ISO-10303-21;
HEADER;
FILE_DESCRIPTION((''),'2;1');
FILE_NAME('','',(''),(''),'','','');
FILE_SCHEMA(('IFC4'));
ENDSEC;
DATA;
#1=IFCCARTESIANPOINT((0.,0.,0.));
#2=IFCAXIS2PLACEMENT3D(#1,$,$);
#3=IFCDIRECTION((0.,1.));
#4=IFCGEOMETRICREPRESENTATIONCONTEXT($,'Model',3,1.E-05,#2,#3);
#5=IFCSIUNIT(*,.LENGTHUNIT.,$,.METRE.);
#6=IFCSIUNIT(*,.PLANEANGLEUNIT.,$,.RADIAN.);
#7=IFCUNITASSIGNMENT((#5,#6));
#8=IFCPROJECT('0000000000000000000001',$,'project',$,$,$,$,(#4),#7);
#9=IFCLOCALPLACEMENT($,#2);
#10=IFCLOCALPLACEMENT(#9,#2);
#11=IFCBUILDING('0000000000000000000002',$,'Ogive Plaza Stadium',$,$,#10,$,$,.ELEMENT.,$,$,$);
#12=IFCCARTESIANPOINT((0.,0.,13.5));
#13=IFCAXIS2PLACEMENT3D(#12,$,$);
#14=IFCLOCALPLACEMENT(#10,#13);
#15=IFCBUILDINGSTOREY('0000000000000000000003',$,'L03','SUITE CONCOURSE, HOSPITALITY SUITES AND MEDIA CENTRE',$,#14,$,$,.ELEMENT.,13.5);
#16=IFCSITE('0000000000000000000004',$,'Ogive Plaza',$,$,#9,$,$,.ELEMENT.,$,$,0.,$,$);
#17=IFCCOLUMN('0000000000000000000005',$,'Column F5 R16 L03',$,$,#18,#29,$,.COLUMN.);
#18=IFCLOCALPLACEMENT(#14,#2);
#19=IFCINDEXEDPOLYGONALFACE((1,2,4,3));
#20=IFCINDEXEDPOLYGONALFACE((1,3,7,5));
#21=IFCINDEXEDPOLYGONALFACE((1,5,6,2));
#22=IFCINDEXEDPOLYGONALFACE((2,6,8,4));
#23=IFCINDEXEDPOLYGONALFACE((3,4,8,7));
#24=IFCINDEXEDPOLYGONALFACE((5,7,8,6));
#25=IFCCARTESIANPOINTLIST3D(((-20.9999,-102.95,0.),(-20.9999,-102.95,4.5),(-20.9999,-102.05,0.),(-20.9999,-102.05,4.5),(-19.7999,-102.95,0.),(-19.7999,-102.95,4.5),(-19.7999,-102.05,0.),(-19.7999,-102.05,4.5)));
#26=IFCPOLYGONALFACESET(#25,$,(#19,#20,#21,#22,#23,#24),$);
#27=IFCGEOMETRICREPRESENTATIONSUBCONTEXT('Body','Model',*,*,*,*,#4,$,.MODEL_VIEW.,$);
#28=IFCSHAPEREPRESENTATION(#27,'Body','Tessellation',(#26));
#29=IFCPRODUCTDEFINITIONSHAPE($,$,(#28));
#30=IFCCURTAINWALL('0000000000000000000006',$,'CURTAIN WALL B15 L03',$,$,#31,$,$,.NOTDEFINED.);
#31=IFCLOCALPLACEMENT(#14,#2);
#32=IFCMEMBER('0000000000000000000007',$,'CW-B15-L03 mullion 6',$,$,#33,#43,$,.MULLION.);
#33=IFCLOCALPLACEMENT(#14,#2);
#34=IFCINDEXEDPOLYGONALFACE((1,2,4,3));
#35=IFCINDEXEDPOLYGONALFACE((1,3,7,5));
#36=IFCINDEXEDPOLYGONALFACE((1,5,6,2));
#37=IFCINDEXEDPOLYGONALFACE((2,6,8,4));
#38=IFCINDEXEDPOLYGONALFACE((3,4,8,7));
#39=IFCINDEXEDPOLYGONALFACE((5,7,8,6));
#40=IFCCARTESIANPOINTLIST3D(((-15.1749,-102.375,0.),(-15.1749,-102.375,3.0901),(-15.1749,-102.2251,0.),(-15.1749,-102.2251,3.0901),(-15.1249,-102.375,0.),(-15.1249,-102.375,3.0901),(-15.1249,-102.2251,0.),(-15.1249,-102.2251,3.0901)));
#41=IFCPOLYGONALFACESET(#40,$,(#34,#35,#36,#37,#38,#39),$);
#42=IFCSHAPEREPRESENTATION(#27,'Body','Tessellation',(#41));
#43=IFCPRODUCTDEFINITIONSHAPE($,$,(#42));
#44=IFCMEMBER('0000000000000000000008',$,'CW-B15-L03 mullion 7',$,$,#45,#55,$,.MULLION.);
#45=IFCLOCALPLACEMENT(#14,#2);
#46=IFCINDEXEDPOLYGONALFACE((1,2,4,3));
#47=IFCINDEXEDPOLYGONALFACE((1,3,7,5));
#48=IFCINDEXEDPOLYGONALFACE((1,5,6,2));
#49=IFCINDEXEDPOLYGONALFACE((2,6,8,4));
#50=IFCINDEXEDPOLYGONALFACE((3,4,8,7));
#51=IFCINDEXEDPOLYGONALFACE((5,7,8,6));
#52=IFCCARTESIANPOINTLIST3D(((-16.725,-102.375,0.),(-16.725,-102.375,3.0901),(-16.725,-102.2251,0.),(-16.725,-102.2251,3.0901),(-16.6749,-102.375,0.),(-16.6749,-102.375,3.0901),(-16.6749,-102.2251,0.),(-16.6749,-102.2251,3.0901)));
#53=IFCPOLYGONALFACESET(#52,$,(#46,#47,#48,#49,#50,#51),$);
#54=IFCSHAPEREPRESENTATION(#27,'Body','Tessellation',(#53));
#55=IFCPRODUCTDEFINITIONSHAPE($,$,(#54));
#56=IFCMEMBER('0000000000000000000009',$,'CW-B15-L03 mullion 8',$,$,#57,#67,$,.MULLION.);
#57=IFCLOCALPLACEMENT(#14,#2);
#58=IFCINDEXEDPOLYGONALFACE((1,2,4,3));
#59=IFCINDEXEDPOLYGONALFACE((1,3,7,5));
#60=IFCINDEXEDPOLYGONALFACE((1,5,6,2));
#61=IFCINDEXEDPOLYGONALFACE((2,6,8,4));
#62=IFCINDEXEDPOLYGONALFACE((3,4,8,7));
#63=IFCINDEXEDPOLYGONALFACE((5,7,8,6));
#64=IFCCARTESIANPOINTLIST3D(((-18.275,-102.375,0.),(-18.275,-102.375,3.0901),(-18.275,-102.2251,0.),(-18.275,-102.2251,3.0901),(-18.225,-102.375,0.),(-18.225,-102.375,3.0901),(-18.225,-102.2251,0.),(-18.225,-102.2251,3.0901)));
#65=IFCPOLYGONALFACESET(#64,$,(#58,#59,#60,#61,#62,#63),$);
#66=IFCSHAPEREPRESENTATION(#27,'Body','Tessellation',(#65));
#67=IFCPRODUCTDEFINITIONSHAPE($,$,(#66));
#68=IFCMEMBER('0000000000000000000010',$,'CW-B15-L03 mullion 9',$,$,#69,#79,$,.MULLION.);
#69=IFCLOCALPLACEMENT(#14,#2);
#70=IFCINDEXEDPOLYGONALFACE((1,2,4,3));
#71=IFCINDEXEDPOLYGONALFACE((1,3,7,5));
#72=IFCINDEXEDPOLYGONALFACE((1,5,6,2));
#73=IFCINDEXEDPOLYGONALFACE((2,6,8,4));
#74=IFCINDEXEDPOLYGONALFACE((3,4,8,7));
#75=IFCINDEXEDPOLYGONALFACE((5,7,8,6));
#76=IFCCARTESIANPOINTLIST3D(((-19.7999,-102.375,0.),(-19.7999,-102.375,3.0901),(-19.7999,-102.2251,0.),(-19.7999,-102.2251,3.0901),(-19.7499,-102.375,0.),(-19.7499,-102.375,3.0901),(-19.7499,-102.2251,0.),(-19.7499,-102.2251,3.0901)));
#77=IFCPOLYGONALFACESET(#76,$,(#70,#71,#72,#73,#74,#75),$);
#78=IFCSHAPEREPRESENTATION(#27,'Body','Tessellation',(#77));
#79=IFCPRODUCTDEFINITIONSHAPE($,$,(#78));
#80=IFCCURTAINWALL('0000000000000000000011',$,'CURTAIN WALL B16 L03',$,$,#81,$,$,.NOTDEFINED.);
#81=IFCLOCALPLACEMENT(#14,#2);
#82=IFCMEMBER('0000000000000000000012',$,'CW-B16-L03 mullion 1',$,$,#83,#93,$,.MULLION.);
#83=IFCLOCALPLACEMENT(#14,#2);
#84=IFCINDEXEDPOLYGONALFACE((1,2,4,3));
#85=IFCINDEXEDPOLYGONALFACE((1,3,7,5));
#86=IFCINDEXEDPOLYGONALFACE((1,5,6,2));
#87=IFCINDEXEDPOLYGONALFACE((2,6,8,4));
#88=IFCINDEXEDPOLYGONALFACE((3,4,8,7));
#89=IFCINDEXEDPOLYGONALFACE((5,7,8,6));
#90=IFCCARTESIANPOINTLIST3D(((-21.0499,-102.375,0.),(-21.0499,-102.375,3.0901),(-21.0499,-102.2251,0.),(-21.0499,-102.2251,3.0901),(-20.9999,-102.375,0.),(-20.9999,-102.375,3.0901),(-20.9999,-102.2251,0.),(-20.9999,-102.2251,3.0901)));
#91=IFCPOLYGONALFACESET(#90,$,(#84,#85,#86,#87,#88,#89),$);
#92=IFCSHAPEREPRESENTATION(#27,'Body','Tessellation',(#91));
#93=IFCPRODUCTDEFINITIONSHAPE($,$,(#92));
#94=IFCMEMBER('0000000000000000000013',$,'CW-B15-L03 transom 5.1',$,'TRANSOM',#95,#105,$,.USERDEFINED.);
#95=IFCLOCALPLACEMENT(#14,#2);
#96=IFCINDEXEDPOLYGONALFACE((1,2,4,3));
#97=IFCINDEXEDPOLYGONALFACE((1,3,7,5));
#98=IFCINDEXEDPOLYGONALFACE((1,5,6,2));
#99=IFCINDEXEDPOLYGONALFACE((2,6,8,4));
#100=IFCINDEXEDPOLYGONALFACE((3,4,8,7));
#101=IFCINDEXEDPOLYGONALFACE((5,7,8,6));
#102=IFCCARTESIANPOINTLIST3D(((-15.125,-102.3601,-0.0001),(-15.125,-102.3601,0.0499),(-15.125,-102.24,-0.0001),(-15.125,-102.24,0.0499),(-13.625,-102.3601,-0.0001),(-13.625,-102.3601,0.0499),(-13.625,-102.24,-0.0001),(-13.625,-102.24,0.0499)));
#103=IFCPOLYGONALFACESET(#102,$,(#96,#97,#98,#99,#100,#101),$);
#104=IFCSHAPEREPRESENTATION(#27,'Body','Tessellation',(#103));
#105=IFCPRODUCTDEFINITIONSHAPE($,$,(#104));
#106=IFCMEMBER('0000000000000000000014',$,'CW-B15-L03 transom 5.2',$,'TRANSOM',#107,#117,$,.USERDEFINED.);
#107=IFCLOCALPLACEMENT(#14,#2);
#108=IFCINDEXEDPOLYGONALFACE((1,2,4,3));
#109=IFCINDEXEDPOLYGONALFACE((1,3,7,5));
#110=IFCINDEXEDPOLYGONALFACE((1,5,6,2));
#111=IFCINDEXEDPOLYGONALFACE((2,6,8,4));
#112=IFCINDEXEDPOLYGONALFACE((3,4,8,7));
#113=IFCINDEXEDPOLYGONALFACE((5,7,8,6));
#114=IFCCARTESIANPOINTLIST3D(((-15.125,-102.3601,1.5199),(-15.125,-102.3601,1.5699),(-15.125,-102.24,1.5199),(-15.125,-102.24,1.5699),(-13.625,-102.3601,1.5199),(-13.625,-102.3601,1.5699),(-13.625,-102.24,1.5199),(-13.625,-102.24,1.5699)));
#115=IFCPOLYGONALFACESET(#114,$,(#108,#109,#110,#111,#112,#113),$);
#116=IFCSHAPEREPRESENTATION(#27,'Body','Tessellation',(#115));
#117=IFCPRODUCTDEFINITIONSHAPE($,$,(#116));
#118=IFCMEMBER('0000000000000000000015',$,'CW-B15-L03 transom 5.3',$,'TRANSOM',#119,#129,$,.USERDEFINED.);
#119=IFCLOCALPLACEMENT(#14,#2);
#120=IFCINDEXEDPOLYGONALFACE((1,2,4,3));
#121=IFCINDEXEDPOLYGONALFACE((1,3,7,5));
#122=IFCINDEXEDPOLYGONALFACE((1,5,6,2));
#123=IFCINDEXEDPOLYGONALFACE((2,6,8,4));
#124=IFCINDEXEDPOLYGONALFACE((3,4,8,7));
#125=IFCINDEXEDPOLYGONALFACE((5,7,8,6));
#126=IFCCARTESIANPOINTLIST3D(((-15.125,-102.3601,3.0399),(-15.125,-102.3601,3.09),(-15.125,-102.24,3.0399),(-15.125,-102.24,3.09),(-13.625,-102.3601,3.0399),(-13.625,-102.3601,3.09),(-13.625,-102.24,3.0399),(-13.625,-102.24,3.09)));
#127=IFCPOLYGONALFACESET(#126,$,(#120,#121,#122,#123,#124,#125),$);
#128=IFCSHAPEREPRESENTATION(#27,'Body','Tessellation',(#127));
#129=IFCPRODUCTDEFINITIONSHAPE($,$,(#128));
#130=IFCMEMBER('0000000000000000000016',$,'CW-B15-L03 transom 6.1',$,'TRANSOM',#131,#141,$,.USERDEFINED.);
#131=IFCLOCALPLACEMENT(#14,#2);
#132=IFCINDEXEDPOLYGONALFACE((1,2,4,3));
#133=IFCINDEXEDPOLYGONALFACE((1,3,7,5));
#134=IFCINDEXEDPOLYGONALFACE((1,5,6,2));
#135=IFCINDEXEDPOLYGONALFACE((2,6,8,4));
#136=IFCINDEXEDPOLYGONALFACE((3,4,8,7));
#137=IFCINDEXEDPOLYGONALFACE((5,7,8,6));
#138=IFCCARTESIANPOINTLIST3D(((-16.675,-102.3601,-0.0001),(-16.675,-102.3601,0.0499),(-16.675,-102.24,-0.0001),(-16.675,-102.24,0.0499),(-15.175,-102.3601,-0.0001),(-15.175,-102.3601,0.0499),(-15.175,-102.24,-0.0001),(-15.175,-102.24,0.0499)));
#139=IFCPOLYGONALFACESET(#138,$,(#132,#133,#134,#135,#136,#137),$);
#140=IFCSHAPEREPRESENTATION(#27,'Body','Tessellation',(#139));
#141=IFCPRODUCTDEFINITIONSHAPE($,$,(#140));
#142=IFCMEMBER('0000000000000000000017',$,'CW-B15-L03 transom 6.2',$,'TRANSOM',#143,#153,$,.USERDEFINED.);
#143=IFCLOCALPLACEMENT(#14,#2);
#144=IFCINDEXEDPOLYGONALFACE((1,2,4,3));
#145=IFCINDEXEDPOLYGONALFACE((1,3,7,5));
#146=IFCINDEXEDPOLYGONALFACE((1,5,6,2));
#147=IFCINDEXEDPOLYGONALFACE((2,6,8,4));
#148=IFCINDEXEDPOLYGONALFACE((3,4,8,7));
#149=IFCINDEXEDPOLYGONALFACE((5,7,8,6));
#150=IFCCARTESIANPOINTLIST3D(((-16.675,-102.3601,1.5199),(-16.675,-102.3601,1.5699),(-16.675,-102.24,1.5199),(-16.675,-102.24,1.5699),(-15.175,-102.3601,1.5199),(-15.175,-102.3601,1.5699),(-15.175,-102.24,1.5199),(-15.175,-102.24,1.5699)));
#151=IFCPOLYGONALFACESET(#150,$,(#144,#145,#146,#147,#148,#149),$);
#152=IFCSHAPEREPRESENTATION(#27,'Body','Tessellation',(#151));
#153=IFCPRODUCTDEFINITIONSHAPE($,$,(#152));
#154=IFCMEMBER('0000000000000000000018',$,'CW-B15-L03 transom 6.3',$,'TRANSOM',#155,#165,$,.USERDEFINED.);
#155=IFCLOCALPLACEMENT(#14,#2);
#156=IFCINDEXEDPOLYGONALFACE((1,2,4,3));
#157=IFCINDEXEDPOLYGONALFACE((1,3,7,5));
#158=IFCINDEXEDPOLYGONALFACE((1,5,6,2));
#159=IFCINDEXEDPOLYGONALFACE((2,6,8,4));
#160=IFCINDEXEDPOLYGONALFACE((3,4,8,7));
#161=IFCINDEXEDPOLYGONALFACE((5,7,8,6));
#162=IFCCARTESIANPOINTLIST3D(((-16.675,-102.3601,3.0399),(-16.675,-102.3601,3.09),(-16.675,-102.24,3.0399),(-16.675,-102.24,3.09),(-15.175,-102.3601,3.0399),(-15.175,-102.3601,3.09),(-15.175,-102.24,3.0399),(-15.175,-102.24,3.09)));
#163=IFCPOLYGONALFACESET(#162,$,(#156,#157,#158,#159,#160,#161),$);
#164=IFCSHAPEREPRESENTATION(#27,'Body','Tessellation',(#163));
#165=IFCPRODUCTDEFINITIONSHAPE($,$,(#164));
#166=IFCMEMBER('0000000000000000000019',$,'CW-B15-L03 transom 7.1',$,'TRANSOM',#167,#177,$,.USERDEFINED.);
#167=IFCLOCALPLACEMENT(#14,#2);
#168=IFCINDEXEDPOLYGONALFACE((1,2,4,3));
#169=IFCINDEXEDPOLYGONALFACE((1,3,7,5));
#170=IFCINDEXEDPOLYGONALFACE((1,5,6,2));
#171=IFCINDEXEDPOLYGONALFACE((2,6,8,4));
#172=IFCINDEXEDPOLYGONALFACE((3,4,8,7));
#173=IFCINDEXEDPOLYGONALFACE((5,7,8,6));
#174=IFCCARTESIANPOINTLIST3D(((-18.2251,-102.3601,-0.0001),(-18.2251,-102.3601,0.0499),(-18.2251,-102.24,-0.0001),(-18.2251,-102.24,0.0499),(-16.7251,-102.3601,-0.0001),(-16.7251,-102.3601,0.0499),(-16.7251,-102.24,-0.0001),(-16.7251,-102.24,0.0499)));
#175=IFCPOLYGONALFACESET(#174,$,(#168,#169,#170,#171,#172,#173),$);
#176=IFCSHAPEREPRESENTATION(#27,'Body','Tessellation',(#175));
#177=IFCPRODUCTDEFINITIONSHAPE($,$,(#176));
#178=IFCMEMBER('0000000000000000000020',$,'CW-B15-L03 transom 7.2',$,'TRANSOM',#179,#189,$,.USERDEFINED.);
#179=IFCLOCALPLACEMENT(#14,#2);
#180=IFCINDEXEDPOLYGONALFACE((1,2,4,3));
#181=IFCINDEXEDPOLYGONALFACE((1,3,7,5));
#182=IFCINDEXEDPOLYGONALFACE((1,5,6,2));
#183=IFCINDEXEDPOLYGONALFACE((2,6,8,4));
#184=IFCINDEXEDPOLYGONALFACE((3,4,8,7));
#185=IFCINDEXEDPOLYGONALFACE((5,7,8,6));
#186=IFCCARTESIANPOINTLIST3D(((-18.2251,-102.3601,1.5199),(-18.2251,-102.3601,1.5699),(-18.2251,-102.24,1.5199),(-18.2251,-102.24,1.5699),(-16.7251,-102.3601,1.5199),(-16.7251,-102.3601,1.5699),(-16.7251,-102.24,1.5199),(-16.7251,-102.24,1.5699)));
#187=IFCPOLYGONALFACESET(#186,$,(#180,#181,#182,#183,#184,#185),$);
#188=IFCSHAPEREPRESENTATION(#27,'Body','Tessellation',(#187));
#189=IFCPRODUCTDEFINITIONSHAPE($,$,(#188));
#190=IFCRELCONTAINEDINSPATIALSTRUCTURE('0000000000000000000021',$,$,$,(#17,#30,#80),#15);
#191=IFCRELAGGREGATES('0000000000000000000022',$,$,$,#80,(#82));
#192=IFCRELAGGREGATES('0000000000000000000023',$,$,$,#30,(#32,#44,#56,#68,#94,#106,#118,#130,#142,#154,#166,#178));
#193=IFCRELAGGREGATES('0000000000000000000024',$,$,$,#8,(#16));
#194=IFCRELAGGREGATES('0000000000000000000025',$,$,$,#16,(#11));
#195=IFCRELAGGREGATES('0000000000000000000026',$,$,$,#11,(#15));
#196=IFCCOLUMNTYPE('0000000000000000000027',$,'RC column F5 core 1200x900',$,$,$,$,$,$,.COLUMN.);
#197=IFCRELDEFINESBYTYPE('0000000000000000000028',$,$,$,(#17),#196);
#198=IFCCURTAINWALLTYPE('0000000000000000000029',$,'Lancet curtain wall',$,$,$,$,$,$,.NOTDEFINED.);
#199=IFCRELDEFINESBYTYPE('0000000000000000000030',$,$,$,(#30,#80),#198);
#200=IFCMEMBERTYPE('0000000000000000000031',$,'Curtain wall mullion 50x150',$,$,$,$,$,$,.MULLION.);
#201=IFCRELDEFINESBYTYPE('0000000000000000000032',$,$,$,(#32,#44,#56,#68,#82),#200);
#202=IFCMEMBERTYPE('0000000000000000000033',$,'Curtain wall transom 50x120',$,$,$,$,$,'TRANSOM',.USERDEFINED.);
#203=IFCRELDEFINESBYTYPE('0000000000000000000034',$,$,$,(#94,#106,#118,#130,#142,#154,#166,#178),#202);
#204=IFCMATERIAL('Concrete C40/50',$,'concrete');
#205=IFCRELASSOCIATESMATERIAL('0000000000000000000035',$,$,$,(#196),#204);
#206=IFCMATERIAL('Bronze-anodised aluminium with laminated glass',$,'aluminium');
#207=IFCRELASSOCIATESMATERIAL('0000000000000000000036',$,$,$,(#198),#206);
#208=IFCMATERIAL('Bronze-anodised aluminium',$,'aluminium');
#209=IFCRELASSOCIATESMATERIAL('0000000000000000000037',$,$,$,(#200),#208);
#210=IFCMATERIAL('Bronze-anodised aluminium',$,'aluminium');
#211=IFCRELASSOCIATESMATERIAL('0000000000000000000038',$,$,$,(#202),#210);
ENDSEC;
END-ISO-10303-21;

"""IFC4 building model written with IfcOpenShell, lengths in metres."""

from ifc_helpers import new_model, si_unit, direction, frame, origin, origin_2d, place, context, subcontext, project, spatial, rectangle, extrude, material, material_profile, profile_set, type_object, element, aggregate, save


model = new_model("IFC4")

# Units and contexts
model_context = context("Model", 3, precision=1e-05, world=origin(), true_north=direction((0.0, 1.0)))
body_context = subcontext(model_context, "Body", "Model", "MODEL_VIEW")
ifc_project = project(units=[si_unit("LENGTHUNIT", "METRE"), si_unit("PLANEANGLEUNIT", "RADIAN")], contexts=[model_context])

# Site, building, storey
site_placement = place(None, origin())
site = spatial("IfcSite", under=ifc_project, at=site_placement, Name="Ogive Plaza", CompositionType="ELEMENT", RefElevation=0.0)
building_placement = place(site_placement, origin())
building = spatial("IfcBuilding", under=site, at=building_placement, Name="Ogive Plaza Stadium", CompositionType="ELEMENT")
storey_placement = place(building_placement, frame((0.0, 0.0, 13.5)))
storey = spatial("IfcBuildingStorey", under=building, at=storey_placement, Name="L03", Description="SUITE CONCOURSE, HOSPITALITY SUITES AND MEDIA CENTRE", CompositionType="ELEMENT", Elevation=13.5)

# Column
ifc_material_1 = material(Name="Concrete C40/50", Category="concrete")
ifc_material_profile_1 = material_profile(ifc_material_1, rectangle(XDim=1.2, YDim=0.8999, at=origin_2d()), Name="RC 1200x900")
ifc_profile_set_1 = profile_set([ifc_material_profile_1], Name="Concrete C40/50")
column_type = type_object("IfcColumnType", Name="RC column F5 core 1200x900", PredefinedType="COLUMN", material=ifc_profile_set_1)
column_placement = place(storey_placement, frame((-20.3999, -102.5, 0.0), z_axis=(0.0, 0.0, 1.0), x_axis=(1.0, 0.0, 0.0)))
element("IfcColumn", 1, at=column_placement, inside=storey, type_object=column_type, Name="Column F5 R16 L03", PredefinedType="COLUMN", context=body_context, shape_type="SweptSolid", body=[
    extrude(rectangle(XDim=1.2, YDim=0.8999, at=origin_2d()), origin(), (0.0, 0.0, 1.0), 4.5),
])

# Curtain wall, members
ifc_material_2 = material(Name="Bronze-anodised aluminium with laminated glass", Category="aluminium")
curtain_wall_type = type_object("IfcCurtainWallType", Name="Lancet curtain wall", PredefinedType="NOTDEFINED", material=ifc_material_2)
curtain_wall_1_placement = place(storey_placement, origin())
curtain_wall_1 = element("IfcCurtainWall", 2, at=curtain_wall_1_placement, inside=storey, type_object=curtain_wall_type, Name="CURTAIN WALL B15 L03", PredefinedType="NOTDEFINED")
ifc_material_3 = material(Name="Bronze-anodised aluminium", Category="aluminium")
ifc_material_profile_2 = material_profile(ifc_material_3, rectangle(XDim=0.1499, YDim=0.05, at=origin_2d()), Name="AL 150x50")
ifc_profile_set_2 = profile_set([ifc_material_profile_2], Name="Bronze-anodised aluminium")
member_type_1 = type_object("IfcMemberType", Name="Curtain wall mullion 50x150", PredefinedType="MULLION", material=ifc_profile_set_2)
member_1_placement = place(storey_placement, frame((-15.1499, -102.3, 0.0), z_axis=(0.0, 0.0, 1.0), x_axis=(0.0, -1.0, 0.0)))
member_1 = element("IfcMember", 3, at=member_1_placement, type_object=member_type_1, Name="CW-B15-L03 mullion 6", PredefinedType="MULLION", context=body_context, shape_type="SweptSolid", body=[
    extrude(rectangle(XDim=0.1499, YDim=0.05, at=origin_2d()), origin(), (0.0, 0.0, 1.0), 3.0901),
])
member_2_placement = place(storey_placement, frame((-16.7, -102.3, 0.0), z_axis=(0.0, 0.0, 1.0), x_axis=(0.0, -1.0, 0.0)))
member_2 = element("IfcMember", 4, at=member_2_placement, type_object=member_type_1, Name="CW-B15-L03 mullion 7", PredefinedType="MULLION", context=body_context, shape_type="SweptSolid", body=[
    extrude(rectangle(XDim=0.1499, YDim=0.05, at=origin_2d()), origin(), (0.0, 0.0, 1.0), 3.0901),
])
member_3_placement = place(storey_placement, frame((-18.25, -102.3, 0.0), z_axis=(0.0, 0.0, 1.0), x_axis=(0.0, -1.0, 0.0)))
member_3 = element("IfcMember", 5, at=member_3_placement, type_object=member_type_1, Name="CW-B15-L03 mullion 8", PredefinedType="MULLION", context=body_context, shape_type="SweptSolid", body=[
    extrude(rectangle(XDim=0.1499, YDim=0.05, at=origin_2d()), origin(), (0.0, 0.0, 1.0), 3.0901),
])
member_4_placement = place(storey_placement, frame((-19.7749, -102.3, 0.0), z_axis=(0.0, 0.0, 1.0), x_axis=(0.0, -1.0, 0.0)))
member_4 = element("IfcMember", 6, at=member_4_placement, type_object=member_type_1, Name="CW-B15-L03 mullion 9", PredefinedType="MULLION", context=body_context, shape_type="SweptSolid", body=[
    extrude(rectangle(XDim=0.1499, YDim=0.05, at=origin_2d()), origin(), (0.0, 0.0, 1.0), 3.0901),
])

# Curtain wall, member
curtain_wall_2_placement = place(storey_placement, origin())
curtain_wall_2 = element("IfcCurtainWall", 7, at=curtain_wall_2_placement, inside=storey, type_object=curtain_wall_type, Name="CURTAIN WALL B16 L03", PredefinedType="NOTDEFINED")
member_5_placement = place(storey_placement, frame((-21.0249, -102.3, 0.0), z_axis=(0.0, 0.0, 1.0), x_axis=(0.0, -1.0, 0.0)))
member_5 = element("IfcMember", 8, at=member_5_placement, type_object=member_type_1, Name="CW-B16-L03 mullion 1", PredefinedType="MULLION", context=body_context, shape_type="SweptSolid", body=[
    extrude(rectangle(XDim=0.1499, YDim=0.05, at=origin_2d()), origin(), (0.0, 0.0, 1.0), 3.0901),
])

# Members
ifc_material_4 = material(Name="Bronze-anodised aluminium", Category="aluminium")
ifc_material_profile_3 = material_profile(ifc_material_4, rectangle(XDim=0.1201, YDim=0.05, at=origin_2d()), Name="AL 120x50")
ifc_profile_set_3 = profile_set([ifc_material_profile_3], Name="Bronze-anodised aluminium")
member_type_2 = type_object("IfcMemberType", Name="Curtain wall transom 50x120", ElementType="TRANSOM", PredefinedType="USERDEFINED", material=ifc_profile_set_3)
member_6_placement = place(storey_placement, frame((-13.625, -102.3, 0.0249), z_axis=(-1.0, 0.0, 0.0), x_axis=(0.0, -1.0, 0.0)))
member_6 = element("IfcMember", 9, at=member_6_placement, type_object=member_type_2, Name="CW-B15-L03 transom 5.1", ObjectType="TRANSOM", PredefinedType="USERDEFINED", context=body_context, shape_type="SweptSolid", body=[
    extrude(rectangle(XDim=0.1201, YDim=0.05, at=origin_2d()), origin(), (0.0, 0.0, 1.0), 1.5),
])
member_7_placement = place(storey_placement, frame((-13.625, -102.3, 1.5449), z_axis=(-1.0, 0.0, 0.0), x_axis=(0.0, -1.0, 0.0)))
member_7 = element("IfcMember", 10, at=member_7_placement, type_object=member_type_2, Name="CW-B15-L03 transom 5.2", ObjectType="TRANSOM", PredefinedType="USERDEFINED", context=body_context, shape_type="SweptSolid", body=[
    extrude(rectangle(XDim=0.1201, YDim=0.05, at=origin_2d()), origin(), (0.0, 0.0, 1.0), 1.5),
])
member_8_placement = place(storey_placement, frame((-13.625, -102.3, 3.0649), z_axis=(-1.0, 0.0, 0.0), x_axis=(0.0, -1.0, 0.0)))
member_8 = element("IfcMember", 11, at=member_8_placement, type_object=member_type_2, Name="CW-B15-L03 transom 5.3", ObjectType="TRANSOM", PredefinedType="USERDEFINED", context=body_context, shape_type="SweptSolid", body=[
    extrude(rectangle(XDim=0.1201, YDim=0.05, at=origin_2d()), origin(), (0.0, 0.0, 1.0), 1.5),
])
member_9_placement = place(storey_placement, frame((-15.175, -102.3, 0.0249), z_axis=(-1.0, 0.0, 0.0), x_axis=(0.0, -1.0, 0.0)))
member_9 = element("IfcMember", 12, at=member_9_placement, type_object=member_type_2, Name="CW-B15-L03 transom 6.1", ObjectType="TRANSOM", PredefinedType="USERDEFINED", context=body_context, shape_type="SweptSolid", body=[
    extrude(rectangle(XDim=0.1201, YDim=0.05, at=origin_2d()), origin(), (0.0, 0.0, 1.0), 1.5),
])
member_10_placement = place(storey_placement, frame((-15.175, -102.3, 1.5449), z_axis=(-1.0, 0.0, 0.0), x_axis=(0.0, -1.0, 0.0)))
member_10 = element("IfcMember", 13, at=member_10_placement, type_object=member_type_2, Name="CW-B15-L03 transom 6.2", ObjectType="TRANSOM", PredefinedType="USERDEFINED", context=body_context, shape_type="SweptSolid", body=[
    extrude(rectangle(XDim=0.1201, YDim=0.05, at=origin_2d()), origin(), (0.0, 0.0, 1.0), 1.5),
])
member_11_placement = place(storey_placement, frame((-15.175, -102.3, 3.0649), z_axis=(-1.0, 0.0, 0.0), x_axis=(0.0, -1.0, 0.0)))
member_11 = element("IfcMember", 14, at=member_11_placement, type_object=member_type_2, Name="CW-B15-L03 transom 6.3", ObjectType="TRANSOM", PredefinedType="USERDEFINED", context=body_context, shape_type="SweptSolid", body=[
    extrude(rectangle(XDim=0.1201, YDim=0.05, at=origin_2d()), origin(), (0.0, 0.0, 1.0), 1.5),
])
member_12_placement = place(storey_placement, frame((-16.7251, -102.3, 0.0249), z_axis=(-1.0, 0.0, 0.0), x_axis=(0.0, -1.0, 0.0)))
member_12 = element("IfcMember", 15, at=member_12_placement, type_object=member_type_2, Name="CW-B15-L03 transom 7.1", ObjectType="TRANSOM", PredefinedType="USERDEFINED", context=body_context, shape_type="SweptSolid", body=[
    extrude(rectangle(XDim=0.1201, YDim=0.05, at=origin_2d()), origin(), (0.0, 0.0, 1.0), 1.5),
])
member_13_placement = place(storey_placement, frame((-16.7251, -102.3, 1.5449), z_axis=(-1.0, 0.0, 0.0), x_axis=(0.0, -1.0, 0.0)))
member_13 = element("IfcMember", 16, at=member_13_placement, type_object=member_type_2, Name="CW-B15-L03 transom 7.2", ObjectType="TRANSOM", PredefinedType="USERDEFINED", context=body_context, shape_type="SweptSolid", body=[
    extrude(rectangle(XDim=0.1201, YDim=0.05, at=origin_2d()), origin(), (0.0, 0.0, 1.0), 1.5),
])
aggregate(curtain_wall_2, [member_5])

aggregate(curtain_wall_1, [member_1, member_2, member_3, member_4, member_6, member_7, member_8, member_9, member_10, member_11, member_12, member_13])

save(model, "model.ifc")
